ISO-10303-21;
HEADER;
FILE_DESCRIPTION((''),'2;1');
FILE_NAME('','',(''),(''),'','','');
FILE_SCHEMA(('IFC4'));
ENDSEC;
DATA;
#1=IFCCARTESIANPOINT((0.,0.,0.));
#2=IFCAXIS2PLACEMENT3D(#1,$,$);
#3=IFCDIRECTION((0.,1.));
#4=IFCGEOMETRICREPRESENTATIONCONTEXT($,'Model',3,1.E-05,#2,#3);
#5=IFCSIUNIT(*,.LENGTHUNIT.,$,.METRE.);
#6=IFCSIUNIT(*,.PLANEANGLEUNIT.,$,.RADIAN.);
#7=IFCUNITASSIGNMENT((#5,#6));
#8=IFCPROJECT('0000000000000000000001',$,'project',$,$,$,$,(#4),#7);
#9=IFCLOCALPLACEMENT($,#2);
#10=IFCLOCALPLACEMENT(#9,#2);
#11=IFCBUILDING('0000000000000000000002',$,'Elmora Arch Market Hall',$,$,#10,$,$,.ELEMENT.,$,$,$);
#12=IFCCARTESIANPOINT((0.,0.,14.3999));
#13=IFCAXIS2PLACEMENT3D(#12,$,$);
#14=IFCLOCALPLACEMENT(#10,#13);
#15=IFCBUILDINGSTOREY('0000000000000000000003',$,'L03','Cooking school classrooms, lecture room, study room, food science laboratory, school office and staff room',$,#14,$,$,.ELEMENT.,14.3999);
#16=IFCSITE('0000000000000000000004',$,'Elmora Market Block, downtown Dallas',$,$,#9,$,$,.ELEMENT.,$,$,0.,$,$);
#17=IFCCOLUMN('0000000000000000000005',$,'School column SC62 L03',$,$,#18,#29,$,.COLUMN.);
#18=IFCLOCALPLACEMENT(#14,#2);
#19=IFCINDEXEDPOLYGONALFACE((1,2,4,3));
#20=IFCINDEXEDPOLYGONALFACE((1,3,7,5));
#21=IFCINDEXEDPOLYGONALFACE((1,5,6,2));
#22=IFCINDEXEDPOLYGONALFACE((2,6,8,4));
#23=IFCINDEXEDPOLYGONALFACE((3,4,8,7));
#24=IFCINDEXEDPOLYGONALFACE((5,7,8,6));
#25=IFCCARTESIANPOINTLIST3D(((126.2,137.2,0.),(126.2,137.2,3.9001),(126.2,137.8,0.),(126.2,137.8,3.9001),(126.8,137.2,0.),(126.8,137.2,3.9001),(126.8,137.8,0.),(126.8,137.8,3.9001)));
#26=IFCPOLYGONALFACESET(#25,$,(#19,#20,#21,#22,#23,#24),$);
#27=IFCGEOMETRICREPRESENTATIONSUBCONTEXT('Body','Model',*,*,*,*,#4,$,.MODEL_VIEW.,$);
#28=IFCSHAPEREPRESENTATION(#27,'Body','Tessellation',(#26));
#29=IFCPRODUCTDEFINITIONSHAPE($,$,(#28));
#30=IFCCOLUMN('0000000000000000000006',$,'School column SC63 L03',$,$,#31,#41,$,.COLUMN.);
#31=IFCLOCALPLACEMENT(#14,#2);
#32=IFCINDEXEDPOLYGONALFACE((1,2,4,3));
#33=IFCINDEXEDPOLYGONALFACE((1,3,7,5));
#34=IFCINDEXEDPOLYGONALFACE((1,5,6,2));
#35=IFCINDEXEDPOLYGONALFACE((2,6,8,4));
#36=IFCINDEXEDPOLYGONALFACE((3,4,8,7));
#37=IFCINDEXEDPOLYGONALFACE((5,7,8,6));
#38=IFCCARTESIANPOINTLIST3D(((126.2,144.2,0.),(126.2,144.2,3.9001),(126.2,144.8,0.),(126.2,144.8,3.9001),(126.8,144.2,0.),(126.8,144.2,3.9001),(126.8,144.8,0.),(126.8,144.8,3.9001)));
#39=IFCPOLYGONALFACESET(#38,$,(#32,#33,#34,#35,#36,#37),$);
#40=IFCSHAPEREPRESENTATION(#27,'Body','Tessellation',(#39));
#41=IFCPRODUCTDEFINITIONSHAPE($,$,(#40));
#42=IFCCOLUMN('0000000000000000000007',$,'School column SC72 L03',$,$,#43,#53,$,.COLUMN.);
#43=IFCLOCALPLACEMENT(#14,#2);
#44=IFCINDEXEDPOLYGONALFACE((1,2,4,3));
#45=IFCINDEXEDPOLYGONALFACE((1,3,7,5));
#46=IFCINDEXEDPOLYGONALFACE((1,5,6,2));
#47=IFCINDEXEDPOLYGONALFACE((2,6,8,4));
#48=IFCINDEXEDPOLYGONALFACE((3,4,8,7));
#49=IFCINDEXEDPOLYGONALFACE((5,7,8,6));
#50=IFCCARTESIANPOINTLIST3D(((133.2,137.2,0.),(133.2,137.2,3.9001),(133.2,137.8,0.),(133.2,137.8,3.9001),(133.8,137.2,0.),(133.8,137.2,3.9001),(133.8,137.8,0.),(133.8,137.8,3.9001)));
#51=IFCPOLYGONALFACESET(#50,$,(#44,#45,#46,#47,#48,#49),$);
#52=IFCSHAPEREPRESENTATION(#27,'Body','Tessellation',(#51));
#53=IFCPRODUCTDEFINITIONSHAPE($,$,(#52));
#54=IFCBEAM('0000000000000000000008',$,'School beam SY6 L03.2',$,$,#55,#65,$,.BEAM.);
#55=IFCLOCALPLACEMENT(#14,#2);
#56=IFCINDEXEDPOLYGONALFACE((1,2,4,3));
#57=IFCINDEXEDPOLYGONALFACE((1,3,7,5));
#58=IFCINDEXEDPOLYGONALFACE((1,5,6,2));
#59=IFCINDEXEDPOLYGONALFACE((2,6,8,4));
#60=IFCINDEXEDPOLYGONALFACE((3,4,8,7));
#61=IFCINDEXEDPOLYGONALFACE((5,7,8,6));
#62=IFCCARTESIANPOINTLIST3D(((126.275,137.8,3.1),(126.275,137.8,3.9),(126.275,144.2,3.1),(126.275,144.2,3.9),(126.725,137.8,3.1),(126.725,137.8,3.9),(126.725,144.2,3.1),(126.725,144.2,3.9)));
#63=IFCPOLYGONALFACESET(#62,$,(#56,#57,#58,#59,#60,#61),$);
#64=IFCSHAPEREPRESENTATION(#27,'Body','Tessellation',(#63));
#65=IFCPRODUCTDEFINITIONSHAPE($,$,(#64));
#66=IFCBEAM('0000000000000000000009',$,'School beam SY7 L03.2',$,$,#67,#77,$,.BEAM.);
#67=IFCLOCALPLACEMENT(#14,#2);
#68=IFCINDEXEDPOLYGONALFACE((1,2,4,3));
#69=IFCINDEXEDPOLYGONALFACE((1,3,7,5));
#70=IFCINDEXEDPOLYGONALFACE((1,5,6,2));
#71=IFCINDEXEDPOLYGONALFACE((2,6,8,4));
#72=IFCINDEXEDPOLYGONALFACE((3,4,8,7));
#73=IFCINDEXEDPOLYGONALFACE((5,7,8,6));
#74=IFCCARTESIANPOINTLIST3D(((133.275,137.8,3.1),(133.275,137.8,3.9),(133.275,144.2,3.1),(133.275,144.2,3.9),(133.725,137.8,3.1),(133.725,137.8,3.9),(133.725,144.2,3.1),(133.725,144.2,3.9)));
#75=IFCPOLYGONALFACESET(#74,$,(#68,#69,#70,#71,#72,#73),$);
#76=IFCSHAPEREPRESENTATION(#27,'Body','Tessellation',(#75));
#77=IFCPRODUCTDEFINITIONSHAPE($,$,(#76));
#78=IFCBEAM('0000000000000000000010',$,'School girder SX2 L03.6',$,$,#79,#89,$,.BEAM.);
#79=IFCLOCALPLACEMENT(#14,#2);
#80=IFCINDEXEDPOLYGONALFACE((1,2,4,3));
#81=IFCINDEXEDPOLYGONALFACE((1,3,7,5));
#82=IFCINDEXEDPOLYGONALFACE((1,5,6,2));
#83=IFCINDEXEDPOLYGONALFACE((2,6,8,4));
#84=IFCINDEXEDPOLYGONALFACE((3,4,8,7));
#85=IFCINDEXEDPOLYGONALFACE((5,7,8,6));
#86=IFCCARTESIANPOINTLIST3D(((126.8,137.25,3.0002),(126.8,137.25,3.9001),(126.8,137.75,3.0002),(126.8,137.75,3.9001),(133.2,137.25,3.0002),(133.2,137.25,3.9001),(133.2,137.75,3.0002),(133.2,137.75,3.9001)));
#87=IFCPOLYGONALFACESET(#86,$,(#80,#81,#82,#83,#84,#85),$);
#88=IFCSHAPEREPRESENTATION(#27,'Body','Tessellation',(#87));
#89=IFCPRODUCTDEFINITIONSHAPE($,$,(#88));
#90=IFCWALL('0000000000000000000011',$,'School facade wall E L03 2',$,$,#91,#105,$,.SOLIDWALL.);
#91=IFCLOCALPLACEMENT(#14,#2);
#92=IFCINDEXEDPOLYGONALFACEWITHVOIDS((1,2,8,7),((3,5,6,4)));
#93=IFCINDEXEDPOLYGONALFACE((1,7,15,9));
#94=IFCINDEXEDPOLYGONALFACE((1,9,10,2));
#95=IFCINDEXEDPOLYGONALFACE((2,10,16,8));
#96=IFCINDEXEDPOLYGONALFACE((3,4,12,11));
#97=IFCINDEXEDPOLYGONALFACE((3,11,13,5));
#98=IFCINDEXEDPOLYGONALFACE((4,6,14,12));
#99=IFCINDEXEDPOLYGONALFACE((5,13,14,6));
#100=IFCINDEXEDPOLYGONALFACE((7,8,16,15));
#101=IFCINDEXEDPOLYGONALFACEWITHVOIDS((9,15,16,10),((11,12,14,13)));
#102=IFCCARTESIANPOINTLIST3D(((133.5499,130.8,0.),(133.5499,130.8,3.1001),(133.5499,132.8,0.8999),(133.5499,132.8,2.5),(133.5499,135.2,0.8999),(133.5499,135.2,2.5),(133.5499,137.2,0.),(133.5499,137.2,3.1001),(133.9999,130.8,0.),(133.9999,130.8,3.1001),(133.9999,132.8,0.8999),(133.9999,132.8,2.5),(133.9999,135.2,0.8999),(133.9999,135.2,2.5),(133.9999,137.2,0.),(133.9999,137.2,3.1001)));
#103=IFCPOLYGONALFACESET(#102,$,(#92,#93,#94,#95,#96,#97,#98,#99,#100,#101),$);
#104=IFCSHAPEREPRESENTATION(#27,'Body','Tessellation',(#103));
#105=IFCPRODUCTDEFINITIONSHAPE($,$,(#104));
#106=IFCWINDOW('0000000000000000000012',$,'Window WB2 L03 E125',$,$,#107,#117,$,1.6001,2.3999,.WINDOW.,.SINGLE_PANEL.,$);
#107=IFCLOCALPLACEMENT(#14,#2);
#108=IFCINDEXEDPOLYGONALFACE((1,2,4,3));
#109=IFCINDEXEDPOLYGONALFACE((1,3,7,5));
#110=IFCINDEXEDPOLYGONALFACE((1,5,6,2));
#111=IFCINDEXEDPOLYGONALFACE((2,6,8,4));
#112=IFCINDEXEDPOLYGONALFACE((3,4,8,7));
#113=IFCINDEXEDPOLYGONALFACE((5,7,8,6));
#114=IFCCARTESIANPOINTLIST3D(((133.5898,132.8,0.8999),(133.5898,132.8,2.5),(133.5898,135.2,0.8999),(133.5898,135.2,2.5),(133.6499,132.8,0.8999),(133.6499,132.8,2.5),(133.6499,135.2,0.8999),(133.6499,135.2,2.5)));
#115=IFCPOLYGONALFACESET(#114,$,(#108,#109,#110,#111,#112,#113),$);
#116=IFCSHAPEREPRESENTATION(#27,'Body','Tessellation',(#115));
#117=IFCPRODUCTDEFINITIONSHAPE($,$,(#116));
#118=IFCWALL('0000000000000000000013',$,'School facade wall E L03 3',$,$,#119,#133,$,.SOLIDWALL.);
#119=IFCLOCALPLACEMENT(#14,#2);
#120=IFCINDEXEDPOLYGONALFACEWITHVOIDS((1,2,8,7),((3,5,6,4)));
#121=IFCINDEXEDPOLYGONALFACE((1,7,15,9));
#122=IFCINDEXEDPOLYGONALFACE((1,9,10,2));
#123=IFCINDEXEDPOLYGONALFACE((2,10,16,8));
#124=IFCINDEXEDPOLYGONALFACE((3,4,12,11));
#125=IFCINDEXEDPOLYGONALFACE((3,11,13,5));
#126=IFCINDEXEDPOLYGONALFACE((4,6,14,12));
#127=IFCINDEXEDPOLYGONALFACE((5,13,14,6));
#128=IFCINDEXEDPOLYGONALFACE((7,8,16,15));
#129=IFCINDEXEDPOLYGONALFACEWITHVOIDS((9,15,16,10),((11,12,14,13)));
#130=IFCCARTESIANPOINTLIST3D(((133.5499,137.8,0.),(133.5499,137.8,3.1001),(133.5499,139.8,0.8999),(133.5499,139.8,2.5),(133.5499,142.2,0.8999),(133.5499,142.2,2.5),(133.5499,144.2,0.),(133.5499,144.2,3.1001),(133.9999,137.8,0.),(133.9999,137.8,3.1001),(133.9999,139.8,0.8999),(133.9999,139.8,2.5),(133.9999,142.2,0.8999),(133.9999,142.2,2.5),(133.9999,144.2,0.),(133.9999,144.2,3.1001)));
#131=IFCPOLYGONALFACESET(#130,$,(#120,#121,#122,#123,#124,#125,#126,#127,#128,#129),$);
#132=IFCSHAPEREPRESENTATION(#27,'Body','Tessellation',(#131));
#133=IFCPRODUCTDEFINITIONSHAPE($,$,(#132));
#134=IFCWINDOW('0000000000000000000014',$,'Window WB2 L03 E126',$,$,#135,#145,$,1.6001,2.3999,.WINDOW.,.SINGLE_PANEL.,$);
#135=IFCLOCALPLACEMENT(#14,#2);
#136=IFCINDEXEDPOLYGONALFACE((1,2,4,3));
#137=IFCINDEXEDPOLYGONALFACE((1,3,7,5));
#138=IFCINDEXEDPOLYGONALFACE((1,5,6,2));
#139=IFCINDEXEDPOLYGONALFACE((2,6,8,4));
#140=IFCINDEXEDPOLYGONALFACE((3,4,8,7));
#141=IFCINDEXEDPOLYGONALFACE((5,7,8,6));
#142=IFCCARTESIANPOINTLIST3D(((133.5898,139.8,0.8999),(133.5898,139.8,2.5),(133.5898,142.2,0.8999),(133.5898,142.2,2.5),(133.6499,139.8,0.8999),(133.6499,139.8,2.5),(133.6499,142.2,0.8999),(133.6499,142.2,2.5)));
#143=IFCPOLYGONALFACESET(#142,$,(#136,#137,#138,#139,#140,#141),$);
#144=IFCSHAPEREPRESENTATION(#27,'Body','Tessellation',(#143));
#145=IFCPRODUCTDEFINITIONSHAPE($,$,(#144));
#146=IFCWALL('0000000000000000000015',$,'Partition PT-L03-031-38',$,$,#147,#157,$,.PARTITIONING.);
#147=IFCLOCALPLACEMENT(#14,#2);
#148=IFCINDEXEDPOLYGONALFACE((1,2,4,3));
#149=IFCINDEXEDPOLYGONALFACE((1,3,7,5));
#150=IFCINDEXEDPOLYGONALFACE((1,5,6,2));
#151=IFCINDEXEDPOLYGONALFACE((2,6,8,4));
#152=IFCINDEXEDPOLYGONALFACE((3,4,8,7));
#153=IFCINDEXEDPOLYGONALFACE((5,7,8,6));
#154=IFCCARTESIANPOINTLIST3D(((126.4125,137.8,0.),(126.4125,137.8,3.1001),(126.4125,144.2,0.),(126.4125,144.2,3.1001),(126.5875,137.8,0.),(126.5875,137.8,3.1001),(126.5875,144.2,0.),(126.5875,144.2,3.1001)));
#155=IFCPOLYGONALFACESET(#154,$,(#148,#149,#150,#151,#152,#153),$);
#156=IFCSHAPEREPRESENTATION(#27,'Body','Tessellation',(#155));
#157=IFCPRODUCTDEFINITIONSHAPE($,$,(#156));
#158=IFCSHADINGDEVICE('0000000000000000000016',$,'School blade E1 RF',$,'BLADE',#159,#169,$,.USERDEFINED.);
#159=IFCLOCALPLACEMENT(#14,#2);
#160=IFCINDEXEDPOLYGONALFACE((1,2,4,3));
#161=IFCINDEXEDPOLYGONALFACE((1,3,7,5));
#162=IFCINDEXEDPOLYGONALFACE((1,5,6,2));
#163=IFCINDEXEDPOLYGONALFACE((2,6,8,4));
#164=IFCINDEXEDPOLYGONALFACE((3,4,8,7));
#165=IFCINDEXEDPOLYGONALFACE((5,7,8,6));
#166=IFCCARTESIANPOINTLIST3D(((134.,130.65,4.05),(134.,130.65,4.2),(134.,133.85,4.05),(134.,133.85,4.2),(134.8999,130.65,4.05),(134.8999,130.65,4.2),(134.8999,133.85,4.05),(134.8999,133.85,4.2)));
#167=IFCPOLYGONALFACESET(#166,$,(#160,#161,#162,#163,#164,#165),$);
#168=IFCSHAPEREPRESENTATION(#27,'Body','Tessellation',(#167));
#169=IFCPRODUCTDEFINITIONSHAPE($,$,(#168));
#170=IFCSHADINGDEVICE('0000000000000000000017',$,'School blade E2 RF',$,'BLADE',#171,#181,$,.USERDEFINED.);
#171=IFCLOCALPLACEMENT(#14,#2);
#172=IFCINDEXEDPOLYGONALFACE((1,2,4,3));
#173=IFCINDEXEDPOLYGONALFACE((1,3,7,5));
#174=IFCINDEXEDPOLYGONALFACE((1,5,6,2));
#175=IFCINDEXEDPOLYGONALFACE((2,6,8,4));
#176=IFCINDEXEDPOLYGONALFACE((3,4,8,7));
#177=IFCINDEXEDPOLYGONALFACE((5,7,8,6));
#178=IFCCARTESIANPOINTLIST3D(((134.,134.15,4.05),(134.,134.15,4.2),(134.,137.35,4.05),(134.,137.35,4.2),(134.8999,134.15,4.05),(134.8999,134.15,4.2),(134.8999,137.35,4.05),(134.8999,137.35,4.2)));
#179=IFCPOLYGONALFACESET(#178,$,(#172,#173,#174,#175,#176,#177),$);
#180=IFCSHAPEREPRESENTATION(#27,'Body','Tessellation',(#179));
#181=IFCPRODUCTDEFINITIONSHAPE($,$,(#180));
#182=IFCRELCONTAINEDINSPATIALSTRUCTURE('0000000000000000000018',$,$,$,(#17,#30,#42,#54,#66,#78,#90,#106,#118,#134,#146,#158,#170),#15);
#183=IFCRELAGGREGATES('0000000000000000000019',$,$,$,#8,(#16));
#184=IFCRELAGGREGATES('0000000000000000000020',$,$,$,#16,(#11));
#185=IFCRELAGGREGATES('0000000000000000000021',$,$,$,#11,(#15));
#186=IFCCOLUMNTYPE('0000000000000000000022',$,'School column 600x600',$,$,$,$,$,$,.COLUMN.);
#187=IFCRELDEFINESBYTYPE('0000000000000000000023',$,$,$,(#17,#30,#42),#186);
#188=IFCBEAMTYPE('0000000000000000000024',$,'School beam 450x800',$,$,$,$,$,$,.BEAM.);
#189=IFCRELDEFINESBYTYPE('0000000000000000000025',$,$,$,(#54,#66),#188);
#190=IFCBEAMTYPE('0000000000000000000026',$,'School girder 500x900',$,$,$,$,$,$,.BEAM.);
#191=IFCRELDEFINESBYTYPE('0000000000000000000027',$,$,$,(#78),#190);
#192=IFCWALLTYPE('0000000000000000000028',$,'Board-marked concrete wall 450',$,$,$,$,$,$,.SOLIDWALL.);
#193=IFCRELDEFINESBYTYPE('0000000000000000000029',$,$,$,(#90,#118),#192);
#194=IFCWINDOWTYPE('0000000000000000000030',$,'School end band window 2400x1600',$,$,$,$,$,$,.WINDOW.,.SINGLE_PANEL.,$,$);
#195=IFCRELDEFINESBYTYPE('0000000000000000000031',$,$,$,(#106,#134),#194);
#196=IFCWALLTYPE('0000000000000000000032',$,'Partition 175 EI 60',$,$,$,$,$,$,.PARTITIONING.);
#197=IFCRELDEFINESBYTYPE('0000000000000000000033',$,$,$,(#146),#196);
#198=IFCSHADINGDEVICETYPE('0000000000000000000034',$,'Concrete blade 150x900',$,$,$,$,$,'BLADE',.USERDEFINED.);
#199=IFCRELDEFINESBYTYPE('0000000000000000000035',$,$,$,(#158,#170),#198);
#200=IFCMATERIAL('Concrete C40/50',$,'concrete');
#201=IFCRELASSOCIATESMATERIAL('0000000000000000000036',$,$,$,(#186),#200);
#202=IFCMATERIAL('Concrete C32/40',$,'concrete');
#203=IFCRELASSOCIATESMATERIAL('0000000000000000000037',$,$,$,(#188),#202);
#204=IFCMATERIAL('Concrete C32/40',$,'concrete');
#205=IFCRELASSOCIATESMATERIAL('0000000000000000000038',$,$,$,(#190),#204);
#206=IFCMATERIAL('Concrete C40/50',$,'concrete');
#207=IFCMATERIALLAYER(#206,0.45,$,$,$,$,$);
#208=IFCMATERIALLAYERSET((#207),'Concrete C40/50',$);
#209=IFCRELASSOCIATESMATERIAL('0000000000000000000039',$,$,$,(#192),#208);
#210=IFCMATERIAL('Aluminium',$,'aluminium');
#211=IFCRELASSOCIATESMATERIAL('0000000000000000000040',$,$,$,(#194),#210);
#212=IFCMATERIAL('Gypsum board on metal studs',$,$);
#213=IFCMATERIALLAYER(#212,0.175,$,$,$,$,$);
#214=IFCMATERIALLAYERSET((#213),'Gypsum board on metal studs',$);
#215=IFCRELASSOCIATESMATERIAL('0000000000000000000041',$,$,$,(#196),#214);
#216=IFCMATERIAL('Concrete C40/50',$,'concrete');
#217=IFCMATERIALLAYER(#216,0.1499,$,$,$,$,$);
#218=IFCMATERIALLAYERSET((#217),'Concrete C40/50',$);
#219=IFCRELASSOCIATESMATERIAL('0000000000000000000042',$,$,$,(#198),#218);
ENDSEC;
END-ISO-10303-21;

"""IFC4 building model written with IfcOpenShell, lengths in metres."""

from ifc_helpers import new_model, si_unit, direction, frame, frame_2d, origin, origin_2d, place, context, subcontext, project, spatial, rectangle, extrude, material, layer, layer_set, material_profile, profile_set, type_object, element, fill, save


model = new_model("IFC4")

# Units and contexts
model_context = context("Model", 3, precision=1e-05, world=origin(), true_north=direction((0.0, 1.0)))
body_context = subcontext(model_context, "Body", "Model", "MODEL_VIEW")
ifc_project = project(units=[si_unit("LENGTHUNIT", "METRE"), si_unit("PLANEANGLEUNIT", "RADIAN")], contexts=[model_context])

# Site, building, storey
site_placement = place(None, origin())
site = spatial("IfcSite", under=ifc_project, at=site_placement, Name="Elmora Market Block, downtown Dallas", CompositionType="ELEMENT", RefElevation=0.0)
building_placement = place(site_placement, origin())
building = spatial("IfcBuilding", under=site, at=building_placement, Name="Elmora Arch Market Hall", CompositionType="ELEMENT")
storey_placement = place(building_placement, frame((0.0, 0.0, 14.3999)))
storey = spatial("IfcBuildingStorey", under=building, at=storey_placement, Name="L03", Description="Cooking school classrooms, lecture room, study room, food science laboratory, school office and staff room", CompositionType="ELEMENT", Elevation=14.3999)

# Columns
ifc_material_1 = material(Name="Concrete C40/50", Category="concrete")
ifc_material_profile_1 = material_profile(ifc_material_1, rectangle(XDim=0.6001, YDim=0.6001, at=origin_2d()), Name="School column 600x600")
ifc_profile_set_1 = profile_set([ifc_material_profile_1], Name="Concrete C40/50")
column_type = type_object("IfcColumnType", Name="School column 600x600", PredefinedType="COLUMN", material=ifc_profile_set_1)
for number, where, z_axis, x_axis, name in (
    (1, (126.5, 137.5, 0.0), (0.0, 0.0, 1.0), (1.0, 0.0, 0.0), "School column SC62 L03"),
    (2, (126.5, 144.5, 0.0), (0.0, 0.0, 1.0), (1.0, 0.0, 0.0), "School column SC63 L03"),
    (3, (133.5, 137.5, 0.0), (0.0, 0.0, 1.0), (1.0, 0.0, 0.0), "School column SC72 L03"),
):
    element("IfcColumn", number, at=place(storey_placement, frame(where, z_axis=z_axis, x_axis=x_axis)), inside=storey, type_object=column_type, Name=name, PredefinedType="COLUMN", context=body_context, shape_type="SweptSolid", body=[
        extrude(rectangle(XDim=0.6001, YDim=0.6001, at=origin_2d()), origin(), (0.0, 0.0, 1.0), 3.9001),
    ])

# Beams
ifc_material_2 = material(Name="Concrete C32/40", Category="concrete")
ifc_material_profile_2 = material_profile(ifc_material_2, rectangle(XDim=0.45, YDim=0.8, at=origin_2d()), Name="School beam 450x800")
ifc_profile_set_2 = profile_set([ifc_material_profile_2], Name="Concrete C32/40")
beam_type_1 = type_object("IfcBeamType", Name="School beam 450x800", PredefinedType="BEAM", material=ifc_profile_set_2)
for number, where, z_axis, x_axis, name in (
    (4, (126.5, 137.8, 3.5), (0.0, 1.0, 0.0), (-1.0, 0.0, 0.0), "School beam SY6 L03.2"),
    (5, (133.5, 137.8, 3.5), (0.0, 1.0, 0.0), (-1.0, 0.0, 0.0), "School beam SY7 L03.2"),
):
    element("IfcBeam", number, at=place(storey_placement, frame(where, z_axis=z_axis, x_axis=x_axis)), inside=storey, type_object=beam_type_1, Name=name, PredefinedType="BEAM", context=body_context, shape_type="SweptSolid", body=[
        extrude(rectangle(XDim=0.45, YDim=0.8, at=origin_2d()), origin(), (0.0, 0.0, 1.0), 6.3999),
    ])
ifc_material_3 = material(Name="Concrete C32/40", Category="concrete")
ifc_material_profile_3 = material_profile(ifc_material_3, rectangle(XDim=0.5, YDim=0.8999, at=origin_2d()), Name="School girder 500x900")
ifc_profile_set_3 = profile_set([ifc_material_profile_3], Name="Concrete C32/40")
beam_type_2 = type_object("IfcBeamType", Name="School girder 500x900", PredefinedType="BEAM", material=ifc_profile_set_3)
beam_placement = place(storey_placement, frame((126.8, 137.5, 3.4502), z_axis=(1.0, 0.0, 0.0), x_axis=(0.0, 1.0, 0.0)))
element("IfcBeam", 6, at=beam_placement, inside=storey, type_object=beam_type_2, Name="School girder SX2 L03.6", PredefinedType="BEAM", context=body_context, shape_type="SweptSolid", body=[
    extrude(rectangle(XDim=0.5, YDim=0.8999, at=origin_2d()), origin(), (0.0, 0.0, 1.0), 6.3999),
])

# Walls, openings, windows
ifc_material_4 = material(Name="Concrete C40/50", Category="concrete")
ifc_layer_1 = layer(ifc_material_4, 0.45)
ifc_layer_set_1 = layer_set([ifc_layer_1], Name="Concrete C40/50")
wall_type_1 = type_object("IfcWallType", Name="Board-marked concrete wall 450", PredefinedType="SOLIDWALL", material=ifc_layer_set_1)
wall_1_placement = place(storey_placement, frame((133.7749, 137.2, 0.0), z_axis=(0.0, 0.0, 1.0), x_axis=(0.0, -1.0, 0.0)))
wall_1 = element("IfcWall", 7, at=wall_1_placement, inside=storey, type_object=wall_type_1, Name="School facade wall E L03 2", PredefinedType="SOLIDWALL", context=body_context, shape_type="SweptSolid", body=[
    extrude(rectangle(XDim=6.3999, YDim=0.45, at=frame_2d((3.2, 0.0))), origin(), (0.0, 0.0, 1.0), 3.1001),
])
opening_1_placement = place(wall_1_placement, frame((2.0, 0.0, 0.8999)))
opening_1 = element("IfcOpeningElement", 8, at=opening_1_placement, cuts=wall_1, PredefinedType="OPENING", context=body_context, shape_type="SweptSolid", body=[
    extrude(rectangle(XDim=2.3999, YDim=1.6001, at=frame_2d((1.2, 0.8))), frame((0.0, 0.2349, 0.0), z_axis=(0.0, -1.0, 0.0), x_axis=(1.0, 0.0, 0.0)), (0.0, 0.0, 1.0), 0.47),
])
ifc_material_5 = material(Name="Aluminium", Category="aluminium")
window_type = type_object("IfcWindowType", Name="School end band window 2400x1600", PartitioningType="SINGLE_PANEL", PredefinedType="WINDOW", material=ifc_material_5)
window_1_placement = place(opening_1_placement, origin())
window_1 = element("IfcWindow", 9, at=window_1_placement, inside=storey, type_object=window_type, Name="Window WB2 L03 E125", OverallHeight=1.6001, OverallWidth=2.3999, PartitioningType="SINGLE_PANEL", PredefinedType="WINDOW", context=body_context, shape_type="SweptSolid", body=[
    extrude(rectangle(XDim=2.3999, YDim=1.6001, at=frame_2d((1.2, 0.8))), frame((0.0, -0.125, 0.0), z_axis=(0.0, -1.0, 0.0), x_axis=(1.0, 0.0, 0.0)), (0.0, 0.0, 1.0), 0.0601),
])
fill(opening_1, window_1)
wall_2_placement = place(storey_placement, frame((133.7749, 144.2, 0.0), z_axis=(0.0, 0.0, 1.0), x_axis=(0.0, -1.0, 0.0)))
wall_2 = element("IfcWall", 10, at=wall_2_placement, inside=storey, type_object=wall_type_1, Name="School facade wall E L03 3", PredefinedType="SOLIDWALL", context=body_context, shape_type="SweptSolid", body=[
    extrude(rectangle(XDim=6.3999, YDim=0.45, at=frame_2d((3.2, 0.0))), origin(), (0.0, 0.0, 1.0), 3.1001),
])
opening_2_placement = place(wall_2_placement, frame((2.0, 0.0, 0.8999)))
opening_2 = element("IfcOpeningElement", 11, at=opening_2_placement, cuts=wall_2, PredefinedType="OPENING", context=body_context, shape_type="SweptSolid", body=[
    extrude(rectangle(XDim=2.3999, YDim=1.6001, at=frame_2d((1.2, 0.8))), frame((0.0, 0.2349, 0.0), z_axis=(0.0, -1.0, 0.0), x_axis=(1.0, 0.0, 0.0)), (0.0, 0.0, 1.0), 0.47),
])
window_2_placement = place(opening_2_placement, origin())
window_2 = element("IfcWindow", 12, at=window_2_placement, inside=storey, type_object=window_type, Name="Window WB2 L03 E126", OverallHeight=1.6001, OverallWidth=2.3999, PartitioningType="SINGLE_PANEL", PredefinedType="WINDOW", context=body_context, shape_type="SweptSolid", body=[
    extrude(rectangle(XDim=2.3999, YDim=1.6001, at=frame_2d((1.2, 0.8))), frame((0.0, -0.125, 0.0), z_axis=(0.0, -1.0, 0.0), x_axis=(1.0, 0.0, 0.0)), (0.0, 0.0, 1.0), 0.0601),
])
fill(opening_2, window_2)

# Wall
ifc_material_6 = material(Name="Gypsum board on metal studs")
ifc_layer_2 = layer(ifc_material_6, 0.175)
ifc_layer_set_2 = layer_set([ifc_layer_2], Name="Gypsum board on metal studs")
wall_type_2 = type_object("IfcWallType", Name="Partition 175 EI 60", PredefinedType="PARTITIONING", material=ifc_layer_set_2)
wall_3_placement = place(storey_placement, frame((126.5, 137.8, 0.0), z_axis=(0.0, 0.0, 1.0), x_axis=(0.0, 1.0, 0.0)))
element("IfcWall", 13, at=wall_3_placement, inside=storey, type_object=wall_type_2, Name="Partition PT-L03-031-38", PredefinedType="PARTITIONING", context=body_context, shape_type="SweptSolid", body=[
    extrude(rectangle(XDim=6.3999, YDim=0.175, at=frame_2d((3.2, 0.0))), origin(), (0.0, 0.0, 1.0), 3.1001),
])

# Shading devices
ifc_material_7 = material(Name="Concrete C40/50", Category="concrete")
ifc_layer_3 = layer(ifc_material_7, 0.1499)
ifc_layer_set_3 = layer_set([ifc_layer_3], Name="Concrete C40/50")
shading_device_type_1 = type_object("IfcShadingDeviceType", Name="Concrete blade 150x900", ElementType="BLADE", PredefinedType="USERDEFINED", material=ifc_layer_set_3)
for number, where, z_axis, x_axis, name in (
    (14, (134.45, 132.25, 4.05), (0.0, 0.0, 1.0), (1.0, 0.0, 0.0), "School blade E1 RF"),
    (15, (134.45, 135.75, 4.05), (0.0, 0.0, 1.0), (1.0, 0.0, 0.0), "School blade E2 RF"),
):
    element("IfcShadingDevice", number, at=place(storey_placement, frame(where, z_axis=z_axis, x_axis=x_axis)), inside=storey, type_object=shading_device_type_1, Name=name, ObjectType="BLADE", PredefinedType="USERDEFINED", context=body_context, shape_type="SweptSolid", body=[
        extrude(rectangle(XDim=0.8999, YDim=3.2, at=origin_2d()), origin(), (0.0, 0.0, 1.0), 0.1499),
    ])

save(model, "model.ifc")
